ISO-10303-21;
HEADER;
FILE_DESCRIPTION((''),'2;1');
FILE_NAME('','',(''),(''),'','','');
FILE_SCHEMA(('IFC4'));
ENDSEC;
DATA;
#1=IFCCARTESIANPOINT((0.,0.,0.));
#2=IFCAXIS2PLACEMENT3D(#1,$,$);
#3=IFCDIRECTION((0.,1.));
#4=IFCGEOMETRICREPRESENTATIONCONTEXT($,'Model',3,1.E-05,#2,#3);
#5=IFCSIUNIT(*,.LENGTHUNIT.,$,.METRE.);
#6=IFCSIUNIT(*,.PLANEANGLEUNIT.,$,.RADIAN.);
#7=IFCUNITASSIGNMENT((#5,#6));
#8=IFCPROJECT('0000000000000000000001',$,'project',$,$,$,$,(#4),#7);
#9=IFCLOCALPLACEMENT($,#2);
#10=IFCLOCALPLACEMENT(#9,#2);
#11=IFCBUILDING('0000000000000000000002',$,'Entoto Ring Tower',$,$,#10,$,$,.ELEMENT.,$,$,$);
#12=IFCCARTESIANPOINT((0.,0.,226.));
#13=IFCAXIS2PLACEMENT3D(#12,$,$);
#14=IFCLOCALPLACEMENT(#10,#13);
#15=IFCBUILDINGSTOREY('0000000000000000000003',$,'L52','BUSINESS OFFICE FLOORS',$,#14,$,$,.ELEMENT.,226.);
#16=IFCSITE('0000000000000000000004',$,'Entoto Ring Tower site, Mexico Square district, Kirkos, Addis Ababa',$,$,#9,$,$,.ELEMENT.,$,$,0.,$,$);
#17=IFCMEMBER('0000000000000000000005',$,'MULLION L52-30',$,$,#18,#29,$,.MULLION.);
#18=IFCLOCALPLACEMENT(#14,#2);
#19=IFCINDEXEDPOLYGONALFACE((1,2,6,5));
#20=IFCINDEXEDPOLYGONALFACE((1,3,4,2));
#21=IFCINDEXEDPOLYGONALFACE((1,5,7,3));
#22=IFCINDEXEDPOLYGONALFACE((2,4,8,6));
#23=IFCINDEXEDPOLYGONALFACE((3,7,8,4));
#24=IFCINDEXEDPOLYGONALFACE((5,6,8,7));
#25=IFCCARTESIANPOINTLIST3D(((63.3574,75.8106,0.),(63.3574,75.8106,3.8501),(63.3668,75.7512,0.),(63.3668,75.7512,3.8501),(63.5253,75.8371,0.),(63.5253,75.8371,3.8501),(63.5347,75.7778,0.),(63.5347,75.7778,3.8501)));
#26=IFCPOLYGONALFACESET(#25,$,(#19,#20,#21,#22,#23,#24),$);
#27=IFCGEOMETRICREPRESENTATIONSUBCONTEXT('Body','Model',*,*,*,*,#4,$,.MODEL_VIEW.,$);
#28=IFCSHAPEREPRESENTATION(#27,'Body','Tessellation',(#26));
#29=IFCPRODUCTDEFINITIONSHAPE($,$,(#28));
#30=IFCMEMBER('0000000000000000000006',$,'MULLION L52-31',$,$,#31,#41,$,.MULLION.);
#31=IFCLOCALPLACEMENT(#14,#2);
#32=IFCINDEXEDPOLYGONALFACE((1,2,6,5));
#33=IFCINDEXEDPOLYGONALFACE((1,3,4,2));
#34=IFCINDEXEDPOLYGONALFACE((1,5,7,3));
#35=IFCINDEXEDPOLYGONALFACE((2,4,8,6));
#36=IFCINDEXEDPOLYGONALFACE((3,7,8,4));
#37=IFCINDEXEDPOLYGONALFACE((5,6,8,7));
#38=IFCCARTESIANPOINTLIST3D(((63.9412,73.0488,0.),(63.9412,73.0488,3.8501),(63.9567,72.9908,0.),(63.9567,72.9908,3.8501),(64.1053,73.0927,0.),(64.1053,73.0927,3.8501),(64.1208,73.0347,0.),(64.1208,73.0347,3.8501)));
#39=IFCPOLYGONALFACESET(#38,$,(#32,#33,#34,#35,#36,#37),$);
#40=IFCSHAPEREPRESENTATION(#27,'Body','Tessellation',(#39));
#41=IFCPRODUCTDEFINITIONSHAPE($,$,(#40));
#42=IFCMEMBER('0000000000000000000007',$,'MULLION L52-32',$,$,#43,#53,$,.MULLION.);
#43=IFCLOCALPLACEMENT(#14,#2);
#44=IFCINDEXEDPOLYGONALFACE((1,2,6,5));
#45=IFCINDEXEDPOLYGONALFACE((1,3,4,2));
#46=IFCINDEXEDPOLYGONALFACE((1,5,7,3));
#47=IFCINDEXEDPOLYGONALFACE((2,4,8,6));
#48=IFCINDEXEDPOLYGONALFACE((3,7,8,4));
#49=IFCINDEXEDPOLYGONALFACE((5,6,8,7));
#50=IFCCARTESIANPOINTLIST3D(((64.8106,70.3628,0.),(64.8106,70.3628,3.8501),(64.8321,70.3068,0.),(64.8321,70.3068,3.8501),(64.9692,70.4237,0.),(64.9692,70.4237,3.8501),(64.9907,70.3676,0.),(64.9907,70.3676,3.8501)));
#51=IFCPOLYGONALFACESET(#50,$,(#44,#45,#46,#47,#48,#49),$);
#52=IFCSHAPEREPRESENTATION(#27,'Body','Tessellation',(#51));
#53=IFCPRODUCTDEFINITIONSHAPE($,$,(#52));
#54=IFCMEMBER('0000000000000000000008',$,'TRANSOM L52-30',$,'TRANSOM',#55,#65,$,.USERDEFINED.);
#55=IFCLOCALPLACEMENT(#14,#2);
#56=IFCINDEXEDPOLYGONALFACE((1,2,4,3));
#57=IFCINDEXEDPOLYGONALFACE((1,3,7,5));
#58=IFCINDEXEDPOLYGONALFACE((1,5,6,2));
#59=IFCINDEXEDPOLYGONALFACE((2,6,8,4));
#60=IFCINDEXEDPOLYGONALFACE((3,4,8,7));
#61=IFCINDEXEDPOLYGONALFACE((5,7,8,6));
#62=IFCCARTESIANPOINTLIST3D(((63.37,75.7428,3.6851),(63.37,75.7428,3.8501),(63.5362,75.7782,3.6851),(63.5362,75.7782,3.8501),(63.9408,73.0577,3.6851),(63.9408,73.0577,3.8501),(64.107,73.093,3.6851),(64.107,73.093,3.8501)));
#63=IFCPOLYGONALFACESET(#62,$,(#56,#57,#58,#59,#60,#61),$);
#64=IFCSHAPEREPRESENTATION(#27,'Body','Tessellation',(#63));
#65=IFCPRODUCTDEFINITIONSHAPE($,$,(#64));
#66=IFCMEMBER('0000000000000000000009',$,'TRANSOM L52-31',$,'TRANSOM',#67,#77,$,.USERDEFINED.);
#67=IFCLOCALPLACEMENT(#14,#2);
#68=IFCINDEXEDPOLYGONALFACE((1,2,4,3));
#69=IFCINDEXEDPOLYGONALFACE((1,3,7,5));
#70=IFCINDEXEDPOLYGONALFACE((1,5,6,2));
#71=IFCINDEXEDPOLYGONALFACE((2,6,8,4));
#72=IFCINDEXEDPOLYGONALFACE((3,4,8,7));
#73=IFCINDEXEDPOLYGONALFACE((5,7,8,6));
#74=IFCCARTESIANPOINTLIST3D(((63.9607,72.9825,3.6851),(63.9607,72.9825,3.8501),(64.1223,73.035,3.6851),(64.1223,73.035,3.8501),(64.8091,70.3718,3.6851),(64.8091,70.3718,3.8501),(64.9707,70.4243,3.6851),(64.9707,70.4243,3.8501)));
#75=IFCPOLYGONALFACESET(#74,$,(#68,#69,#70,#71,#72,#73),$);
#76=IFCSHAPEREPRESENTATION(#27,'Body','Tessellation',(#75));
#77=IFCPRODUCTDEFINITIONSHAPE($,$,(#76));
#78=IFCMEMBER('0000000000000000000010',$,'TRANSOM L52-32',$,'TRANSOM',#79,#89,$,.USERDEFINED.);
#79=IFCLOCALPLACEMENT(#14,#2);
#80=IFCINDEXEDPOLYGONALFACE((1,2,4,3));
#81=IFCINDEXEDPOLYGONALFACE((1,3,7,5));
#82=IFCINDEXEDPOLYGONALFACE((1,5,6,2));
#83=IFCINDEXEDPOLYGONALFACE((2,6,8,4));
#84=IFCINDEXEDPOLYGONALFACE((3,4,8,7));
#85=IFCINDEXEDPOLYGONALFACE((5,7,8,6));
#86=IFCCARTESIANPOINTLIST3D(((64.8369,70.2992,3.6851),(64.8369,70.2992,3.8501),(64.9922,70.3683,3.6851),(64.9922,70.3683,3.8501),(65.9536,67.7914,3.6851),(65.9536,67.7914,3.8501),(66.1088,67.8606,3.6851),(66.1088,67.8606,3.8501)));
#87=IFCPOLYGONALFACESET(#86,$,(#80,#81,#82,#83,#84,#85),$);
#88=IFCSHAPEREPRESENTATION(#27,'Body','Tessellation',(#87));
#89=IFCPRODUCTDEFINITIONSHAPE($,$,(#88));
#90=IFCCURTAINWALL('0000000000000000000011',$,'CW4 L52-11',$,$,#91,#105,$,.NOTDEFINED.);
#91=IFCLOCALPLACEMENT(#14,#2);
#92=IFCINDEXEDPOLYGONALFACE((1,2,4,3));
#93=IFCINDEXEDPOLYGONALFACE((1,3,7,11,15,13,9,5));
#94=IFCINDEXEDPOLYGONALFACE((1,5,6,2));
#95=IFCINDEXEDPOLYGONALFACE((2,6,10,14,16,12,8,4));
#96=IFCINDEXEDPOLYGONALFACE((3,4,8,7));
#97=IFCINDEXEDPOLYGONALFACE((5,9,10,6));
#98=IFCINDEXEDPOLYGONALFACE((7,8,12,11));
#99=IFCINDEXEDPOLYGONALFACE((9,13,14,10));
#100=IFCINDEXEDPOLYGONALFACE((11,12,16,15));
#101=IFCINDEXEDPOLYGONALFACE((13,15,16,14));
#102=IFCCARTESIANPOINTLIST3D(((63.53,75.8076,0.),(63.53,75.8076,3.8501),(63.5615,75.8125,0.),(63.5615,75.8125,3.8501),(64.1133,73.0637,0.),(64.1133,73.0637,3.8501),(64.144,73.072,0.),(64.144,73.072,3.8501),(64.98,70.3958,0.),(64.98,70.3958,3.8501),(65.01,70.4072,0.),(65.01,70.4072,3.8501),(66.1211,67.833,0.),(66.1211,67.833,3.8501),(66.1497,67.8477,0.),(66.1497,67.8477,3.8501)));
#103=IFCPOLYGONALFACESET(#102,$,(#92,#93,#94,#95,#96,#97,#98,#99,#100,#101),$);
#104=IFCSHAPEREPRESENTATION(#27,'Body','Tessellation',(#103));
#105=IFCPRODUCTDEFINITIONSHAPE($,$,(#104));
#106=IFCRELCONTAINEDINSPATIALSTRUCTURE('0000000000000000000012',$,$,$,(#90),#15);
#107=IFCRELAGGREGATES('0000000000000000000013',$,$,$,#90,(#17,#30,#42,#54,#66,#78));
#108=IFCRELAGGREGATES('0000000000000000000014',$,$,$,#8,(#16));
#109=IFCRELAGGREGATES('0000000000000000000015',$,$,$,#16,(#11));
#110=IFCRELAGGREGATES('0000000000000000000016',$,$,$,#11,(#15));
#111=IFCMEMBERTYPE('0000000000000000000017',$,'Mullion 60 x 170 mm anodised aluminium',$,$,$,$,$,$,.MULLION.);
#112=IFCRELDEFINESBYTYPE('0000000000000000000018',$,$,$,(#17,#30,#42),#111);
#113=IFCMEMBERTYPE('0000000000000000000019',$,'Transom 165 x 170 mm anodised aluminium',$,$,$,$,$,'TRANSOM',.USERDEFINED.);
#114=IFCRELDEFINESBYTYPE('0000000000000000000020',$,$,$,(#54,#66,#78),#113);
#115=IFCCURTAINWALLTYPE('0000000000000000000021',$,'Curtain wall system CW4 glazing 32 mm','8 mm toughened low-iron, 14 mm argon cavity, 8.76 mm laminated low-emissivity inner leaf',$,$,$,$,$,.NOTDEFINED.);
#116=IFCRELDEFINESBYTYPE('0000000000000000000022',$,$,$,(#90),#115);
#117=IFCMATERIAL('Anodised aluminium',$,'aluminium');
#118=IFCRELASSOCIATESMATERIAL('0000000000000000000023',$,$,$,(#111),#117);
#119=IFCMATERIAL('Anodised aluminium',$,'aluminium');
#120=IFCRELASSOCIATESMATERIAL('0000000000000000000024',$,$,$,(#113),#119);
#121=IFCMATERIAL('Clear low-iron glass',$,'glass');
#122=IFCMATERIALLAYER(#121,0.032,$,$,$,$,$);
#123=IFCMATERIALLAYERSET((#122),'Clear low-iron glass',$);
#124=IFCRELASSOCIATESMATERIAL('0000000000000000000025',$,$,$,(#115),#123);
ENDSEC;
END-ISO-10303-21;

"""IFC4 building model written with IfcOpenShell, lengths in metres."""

from ifc_helpers import new_model, si_unit, direction, frame, origin, origin_2d, place, context, subcontext, project, spatial, polyline, rectangle, outline, extrude, material, layer, layer_set, material_profile, profile_set, type_object, element, aggregate, save


model = new_model("IFC4")

# Units and contexts
model_context = context("Model", 3, precision=1e-05, world=origin(), true_north=direction((0.0, 1.0)))
body_context = subcontext(model_context, "Body", "Model", "MODEL_VIEW")
ifc_project = project(units=[si_unit("LENGTHUNIT", "METRE"), si_unit("PLANEANGLEUNIT", "RADIAN")], contexts=[model_context])

# Members
ifc_material_1 = material(Name="Anodised aluminium", Category="aluminium")
ifc_material_profile_1 = material_profile(ifc_material_1, rectangle(XDim=0.0601, YDim=0.1699, at=origin_2d()), Name="Mullion 60 x 170 mm anodised aluminium")
ifc_profile_set_1 = profile_set([ifc_material_profile_1], Name="Anodised aluminium")
member_type_1 = type_object("IfcMemberType", Name="Mullion 60 x 170 mm anodised aluminium", PredefinedType="MULLION", material=ifc_profile_set_1)
site_placement = place(None, origin())
building_placement = place(site_placement, origin())
storey_placement = place(building_placement, frame((0.0, 0.0, 226.0)))
member_1_placement = place(storey_placement, frame((63.446, 75.7942, 0.0), z_axis=(0.0, 0.0, 1.0), x_axis=(0.156434, -0.987688, 0.0)))
member_1 = element("IfcMember", 1, at=member_1_placement, type_object=member_type_1, Name="MULLION L52-30", PredefinedType="MULLION", context=body_context, shape_type="SweptSolid", body=[
    extrude(rectangle(XDim=0.0601, YDim=0.1699, at=origin_2d()), origin(), (0.0, 0.0, 1.0), 3.8501),
])
member_2_placement = place(storey_placement, frame((64.031, 73.0417, 0.0), z_axis=(0.0, 0.0, 1.0), x_axis=(0.258819, -0.965926, 0.0)))
member_2 = element("IfcMember", 2, at=member_2_placement, type_object=member_type_1, Name="MULLION L52-31", PredefinedType="MULLION", context=body_context, shape_type="SweptSolid", body=[
    extrude(rectangle(XDim=0.0601, YDim=0.1699, at=origin_2d()), origin(), (0.0, 0.0, 1.0), 3.8501),
])
member_3_placement = place(storey_placement, frame((64.9006, 70.3652, 0.0), z_axis=(0.0, 0.0, 1.0), x_axis=(0.358368, -0.93358, 0.0)))
member_3 = element("IfcMember", 3, at=member_3_placement, type_object=member_type_1, Name="MULLION L52-32", PredefinedType="MULLION", context=body_context, shape_type="SweptSolid", body=[
    extrude(rectangle(XDim=0.0601, YDim=0.1699, at=origin_2d()), origin(), (0.0, 0.0, 1.0), 3.8501),
])
ifc_material_2 = material(Name="Anodised aluminium", Category="aluminium")
ifc_material_profile_2 = material_profile(ifc_material_2, rectangle(XDim=0.1699, YDim=0.165, at=origin_2d()), Name="Transom 165 x 170 mm anodised aluminium")
ifc_profile_set_2 = profile_set([ifc_material_profile_2], Name="Anodised aluminium")
member_type_2 = type_object("IfcMemberType", Name="Transom 165 x 170 mm anodised aluminium", ElementType="TRANSOM", PredefinedType="USERDEFINED", material=ifc_profile_set_2)
member_4_placement = place(storey_placement, frame((63.4531, 75.7605, 3.7676), z_axis=(0.207937, -0.978142, 0.0), x_axis=(0.978142, 0.207937, 0.0)))
member_4 = element("IfcMember", 4, at=member_4_placement, type_object=member_type_2, Name="TRANSOM L52-30", ObjectType="TRANSOM", PredefinedType="USERDEFINED", context=body_context, shape_type="SweptSolid", body=[
    extrude(rectangle(XDim=0.1699, YDim=0.165, at=origin_2d()), origin(), (0.0, 0.0, 1.0), 2.7451),
])
member_5_placement = place(storey_placement, frame((64.0415, 73.0088, 3.7676), z_axis=(0.309042, -0.951048, 0.0), x_axis=(0.951048, 0.309042, 0.0)))
member_5 = element("IfcMember", 5, at=member_5_placement, type_object=member_type_2, Name="TRANSOM L52-31", ObjectType="TRANSOM", PredefinedType="USERDEFINED", context=body_context, shape_type="SweptSolid", body=[
    extrude(rectangle(XDim=0.1699, YDim=0.165, at=origin_2d()), origin(), (0.0, 0.0, 1.0), 2.7451),
])
member_6_placement = place(storey_placement, frame((64.9146, 70.3337, 3.7676), z_axis=(0.406782, -0.913525, 0.0), x_axis=(0.913525, 0.406782, 0.0)))
member_6 = element("IfcMember", 6, at=member_6_placement, type_object=member_type_2, Name="TRANSOM L52-32", ObjectType="TRANSOM", PredefinedType="USERDEFINED", context=body_context, shape_type="SweptSolid", body=[
    extrude(rectangle(XDim=0.1699, YDim=0.165, at=origin_2d()), origin(), (0.0, 0.0, 1.0), 2.7451),
])

# Site, building, storey
site = spatial("IfcSite", under=ifc_project, at=site_placement, Name="Entoto Ring Tower site, Mexico Square district, Kirkos, Addis Ababa", CompositionType="ELEMENT", RefElevation=0.0)
building = spatial("IfcBuilding", under=site, at=building_placement, Name="Entoto Ring Tower", CompositionType="ELEMENT")
storey = spatial("IfcBuildingStorey", under=building, at=storey_placement, Name="L52", Description="BUSINESS OFFICE FLOORS", CompositionType="ELEMENT", Elevation=226.0)

# Curtain wall
ifc_material_3 = material(Name="Clear low-iron glass", Category="glass")
ifc_layer = layer(ifc_material_3, 0.032)
ifc_layer_set = layer_set([ifc_layer], Name="Clear low-iron glass")
curtain_wall_type = type_object("IfcCurtainWallType", Name="Curtain wall system CW4 glazing 32 mm", Description="8 mm toughened low-iron, 14 mm argon cavity, 8.76 mm laminated low-emissivity inner leaf", PredefinedType="NOTDEFINED", material=ifc_layer_set)
curtain_wall_1_placement = place(storey_placement, origin())
curtain_wall_1 = element("IfcCurtainWall", 7, at=curtain_wall_1_placement, inside=storey, type_object=curtain_wall_type, Name="CW4 L52-11", PredefinedType="NOTDEFINED", context=body_context, shape_type="SweptSolid", body=[
    extrude(outline(polyline([(63.53, 75.8076), (64.1133, 73.0637), (64.98, 70.3958), (66.1211, 67.833), (66.1497, 67.8477), (65.01, 70.4072), (64.144, 73.072), (63.5615, 75.8125), (63.53, 75.8076)])), origin(), (0.0, 0.0, 1.0), 3.8501),
])
aggregate(curtain_wall_1, [member_1, member_2, member_3, member_4, member_5, member_6])

save(model, "model.ifc")
